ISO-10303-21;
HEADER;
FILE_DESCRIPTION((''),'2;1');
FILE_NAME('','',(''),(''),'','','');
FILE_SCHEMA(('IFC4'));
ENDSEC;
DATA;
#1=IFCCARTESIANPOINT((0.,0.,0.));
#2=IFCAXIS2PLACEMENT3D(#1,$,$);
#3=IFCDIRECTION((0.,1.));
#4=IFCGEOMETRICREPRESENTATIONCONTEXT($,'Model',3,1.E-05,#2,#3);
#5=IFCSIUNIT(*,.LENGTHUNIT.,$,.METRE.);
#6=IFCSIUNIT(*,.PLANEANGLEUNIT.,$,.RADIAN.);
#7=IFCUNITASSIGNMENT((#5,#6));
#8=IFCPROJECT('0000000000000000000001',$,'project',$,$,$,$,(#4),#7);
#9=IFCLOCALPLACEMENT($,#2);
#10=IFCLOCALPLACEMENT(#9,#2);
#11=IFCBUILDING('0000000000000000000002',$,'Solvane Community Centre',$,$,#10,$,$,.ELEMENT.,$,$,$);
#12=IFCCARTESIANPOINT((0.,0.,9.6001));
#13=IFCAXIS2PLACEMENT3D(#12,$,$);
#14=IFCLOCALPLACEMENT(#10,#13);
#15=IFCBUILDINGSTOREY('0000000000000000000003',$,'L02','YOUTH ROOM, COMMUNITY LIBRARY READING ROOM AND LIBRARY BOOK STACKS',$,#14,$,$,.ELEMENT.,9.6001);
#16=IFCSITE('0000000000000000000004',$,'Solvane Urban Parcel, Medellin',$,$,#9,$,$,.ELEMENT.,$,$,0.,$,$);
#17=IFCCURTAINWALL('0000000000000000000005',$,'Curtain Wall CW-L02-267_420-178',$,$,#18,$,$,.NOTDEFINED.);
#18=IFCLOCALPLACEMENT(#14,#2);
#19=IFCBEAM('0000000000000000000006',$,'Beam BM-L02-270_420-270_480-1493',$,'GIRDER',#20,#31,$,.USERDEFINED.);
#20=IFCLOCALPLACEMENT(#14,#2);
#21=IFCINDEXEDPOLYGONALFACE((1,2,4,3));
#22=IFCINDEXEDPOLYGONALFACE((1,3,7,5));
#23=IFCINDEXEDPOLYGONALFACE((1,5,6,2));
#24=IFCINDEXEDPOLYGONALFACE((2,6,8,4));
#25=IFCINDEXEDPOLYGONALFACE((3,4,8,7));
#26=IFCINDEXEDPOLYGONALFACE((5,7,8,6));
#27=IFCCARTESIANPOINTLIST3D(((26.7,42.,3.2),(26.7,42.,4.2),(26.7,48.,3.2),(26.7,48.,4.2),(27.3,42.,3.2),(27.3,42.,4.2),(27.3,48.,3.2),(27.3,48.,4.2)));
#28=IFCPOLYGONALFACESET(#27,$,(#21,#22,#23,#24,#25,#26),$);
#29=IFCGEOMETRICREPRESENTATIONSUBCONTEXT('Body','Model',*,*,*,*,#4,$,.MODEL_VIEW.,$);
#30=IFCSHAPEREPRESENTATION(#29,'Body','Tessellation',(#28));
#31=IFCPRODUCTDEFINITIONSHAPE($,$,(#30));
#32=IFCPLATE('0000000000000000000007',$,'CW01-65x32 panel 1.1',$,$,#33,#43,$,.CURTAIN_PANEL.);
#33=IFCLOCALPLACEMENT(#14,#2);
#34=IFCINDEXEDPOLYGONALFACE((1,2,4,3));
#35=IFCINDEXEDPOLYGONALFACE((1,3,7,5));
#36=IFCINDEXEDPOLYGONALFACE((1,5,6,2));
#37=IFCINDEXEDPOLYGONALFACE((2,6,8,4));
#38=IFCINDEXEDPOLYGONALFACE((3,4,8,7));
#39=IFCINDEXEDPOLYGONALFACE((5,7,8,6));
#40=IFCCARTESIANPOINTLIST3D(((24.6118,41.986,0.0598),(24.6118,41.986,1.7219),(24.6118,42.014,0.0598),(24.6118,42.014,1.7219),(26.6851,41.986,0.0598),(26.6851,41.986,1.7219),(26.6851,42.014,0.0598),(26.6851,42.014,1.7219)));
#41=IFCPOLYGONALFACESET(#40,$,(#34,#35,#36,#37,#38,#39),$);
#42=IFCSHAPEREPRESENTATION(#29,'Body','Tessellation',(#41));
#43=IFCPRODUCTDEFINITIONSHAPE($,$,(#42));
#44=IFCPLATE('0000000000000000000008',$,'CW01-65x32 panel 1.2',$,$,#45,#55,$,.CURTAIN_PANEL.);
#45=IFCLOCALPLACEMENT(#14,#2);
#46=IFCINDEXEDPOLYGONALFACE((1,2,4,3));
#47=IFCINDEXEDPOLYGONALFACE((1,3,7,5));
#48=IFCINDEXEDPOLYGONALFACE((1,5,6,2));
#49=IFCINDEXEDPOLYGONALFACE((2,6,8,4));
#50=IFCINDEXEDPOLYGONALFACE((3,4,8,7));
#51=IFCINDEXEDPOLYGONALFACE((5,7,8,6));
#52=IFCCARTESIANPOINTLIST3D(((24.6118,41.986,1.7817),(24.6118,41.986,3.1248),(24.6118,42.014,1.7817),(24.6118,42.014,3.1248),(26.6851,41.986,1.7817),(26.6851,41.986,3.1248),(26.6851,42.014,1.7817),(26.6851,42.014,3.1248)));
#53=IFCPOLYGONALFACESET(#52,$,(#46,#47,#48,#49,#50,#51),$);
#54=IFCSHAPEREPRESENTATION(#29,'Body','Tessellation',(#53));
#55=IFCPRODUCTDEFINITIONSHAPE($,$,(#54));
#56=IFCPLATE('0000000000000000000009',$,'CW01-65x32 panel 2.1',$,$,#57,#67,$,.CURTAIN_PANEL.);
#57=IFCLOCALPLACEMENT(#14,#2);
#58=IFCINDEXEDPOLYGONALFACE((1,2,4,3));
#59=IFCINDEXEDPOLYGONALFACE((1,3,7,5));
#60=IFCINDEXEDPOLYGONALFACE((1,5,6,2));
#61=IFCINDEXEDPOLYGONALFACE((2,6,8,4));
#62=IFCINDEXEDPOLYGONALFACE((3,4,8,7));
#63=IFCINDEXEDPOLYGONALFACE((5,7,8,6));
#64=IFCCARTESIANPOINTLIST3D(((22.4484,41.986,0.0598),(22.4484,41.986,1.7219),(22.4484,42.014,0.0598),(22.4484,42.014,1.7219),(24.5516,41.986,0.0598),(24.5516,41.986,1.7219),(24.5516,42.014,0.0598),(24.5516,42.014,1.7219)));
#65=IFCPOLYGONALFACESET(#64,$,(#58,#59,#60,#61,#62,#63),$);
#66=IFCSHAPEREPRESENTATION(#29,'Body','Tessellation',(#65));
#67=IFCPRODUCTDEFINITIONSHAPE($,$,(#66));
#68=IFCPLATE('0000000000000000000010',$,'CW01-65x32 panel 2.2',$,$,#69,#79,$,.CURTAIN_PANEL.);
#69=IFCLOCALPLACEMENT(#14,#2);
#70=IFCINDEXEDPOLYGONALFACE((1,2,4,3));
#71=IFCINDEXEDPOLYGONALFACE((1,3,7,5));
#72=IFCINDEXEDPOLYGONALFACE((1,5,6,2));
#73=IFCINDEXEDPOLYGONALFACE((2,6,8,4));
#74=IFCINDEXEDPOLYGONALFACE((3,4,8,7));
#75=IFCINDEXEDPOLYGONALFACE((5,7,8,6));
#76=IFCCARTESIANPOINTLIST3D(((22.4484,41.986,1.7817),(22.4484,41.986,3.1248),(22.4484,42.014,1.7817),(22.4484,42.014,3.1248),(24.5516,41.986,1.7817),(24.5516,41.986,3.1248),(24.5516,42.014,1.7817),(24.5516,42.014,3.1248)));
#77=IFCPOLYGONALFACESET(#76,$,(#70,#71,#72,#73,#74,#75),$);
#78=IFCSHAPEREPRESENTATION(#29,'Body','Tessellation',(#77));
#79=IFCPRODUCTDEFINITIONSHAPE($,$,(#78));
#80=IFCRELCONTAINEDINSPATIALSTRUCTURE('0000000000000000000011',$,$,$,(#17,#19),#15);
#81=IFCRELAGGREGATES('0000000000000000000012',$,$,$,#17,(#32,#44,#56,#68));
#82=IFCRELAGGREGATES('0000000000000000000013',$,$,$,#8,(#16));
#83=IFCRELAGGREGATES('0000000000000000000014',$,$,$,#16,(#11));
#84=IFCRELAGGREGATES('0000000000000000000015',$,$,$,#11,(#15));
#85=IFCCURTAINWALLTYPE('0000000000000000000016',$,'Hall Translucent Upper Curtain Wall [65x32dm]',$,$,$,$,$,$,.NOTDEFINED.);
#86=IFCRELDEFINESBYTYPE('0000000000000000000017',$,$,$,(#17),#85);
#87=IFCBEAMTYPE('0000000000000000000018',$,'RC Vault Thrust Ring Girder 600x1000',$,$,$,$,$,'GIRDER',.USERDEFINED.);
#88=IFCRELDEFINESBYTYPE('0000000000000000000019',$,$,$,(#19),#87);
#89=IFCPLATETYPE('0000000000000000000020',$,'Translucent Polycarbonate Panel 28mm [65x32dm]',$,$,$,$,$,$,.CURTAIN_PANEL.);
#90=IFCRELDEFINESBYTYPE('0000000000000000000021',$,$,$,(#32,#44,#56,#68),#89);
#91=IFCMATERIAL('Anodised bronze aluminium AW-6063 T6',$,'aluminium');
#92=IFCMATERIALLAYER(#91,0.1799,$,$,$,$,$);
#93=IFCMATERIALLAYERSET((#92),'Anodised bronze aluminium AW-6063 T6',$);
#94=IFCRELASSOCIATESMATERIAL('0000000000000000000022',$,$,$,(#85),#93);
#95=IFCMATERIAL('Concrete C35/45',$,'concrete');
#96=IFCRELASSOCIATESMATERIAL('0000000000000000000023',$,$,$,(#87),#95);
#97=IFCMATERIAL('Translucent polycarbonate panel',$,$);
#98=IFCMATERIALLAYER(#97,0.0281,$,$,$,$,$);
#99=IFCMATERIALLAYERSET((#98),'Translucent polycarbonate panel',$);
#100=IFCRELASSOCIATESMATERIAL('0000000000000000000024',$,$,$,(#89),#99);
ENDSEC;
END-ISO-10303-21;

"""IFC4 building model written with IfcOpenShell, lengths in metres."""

from ifc_helpers import new_model, si_unit, direction, frame, origin, origin_2d, place, context, subcontext, project, spatial, rectangle, extrude, material, layer, layer_set, material_profile, profile_set, type_object, element, aggregate, save


model = new_model("IFC4")

# Units and contexts
model_context = context("Model", 3, precision=1e-05, world=origin(), true_north=direction((0.0, 1.0)))
body_context = subcontext(model_context, "Body", "Model", "MODEL_VIEW")
ifc_project = project(units=[si_unit("LENGTHUNIT", "METRE"), si_unit("PLANEANGLEUNIT", "RADIAN")], contexts=[model_context])

# Site, building, storey
site_placement = place(None, origin())
site = spatial("IfcSite", under=ifc_project, at=site_placement, Name="Solvane Urban Parcel, Medellin", CompositionType="ELEMENT", RefElevation=0.0)
building_placement = place(site_placement, origin())
building = spatial("IfcBuilding", under=site, at=building_placement, Name="Solvane Community Centre", CompositionType="ELEMENT")
storey_placement = place(building_placement, frame((0.0, 0.0, 9.6001)))
storey = spatial("IfcBuildingStorey", under=building, at=storey_placement, Name="L02", Description="YOUTH ROOM, COMMUNITY LIBRARY READING ROOM AND LIBRARY BOOK STACKS", CompositionType="ELEMENT", Elevation=9.6001)

# Shared definitions
ifc_material_1 = material(Name="Anodised bronze aluminium AW-6063 T6", Category="aluminium")

# Curtain wall
ifc_layer_1 = layer(ifc_material_1, 0.1799)
ifc_layer_set_1 = layer_set([ifc_layer_1], Name="Anodised bronze aluminium AW-6063 T6")
curtain_wall_type_1 = type_object("IfcCurtainWallType", Name="Hall Translucent Upper Curtain Wall [65x32dm]", PredefinedType="NOTDEFINED", material=ifc_layer_set_1)
curtain_wall_1_placement = place(storey_placement, origin())
curtain_wall_1 = element("IfcCurtainWall", 1, at=curtain_wall_1_placement, inside=storey, type_object=curtain_wall_type_1, Name="Curtain Wall CW-L02-267_420-178", PredefinedType="NOTDEFINED")

# Beam
ifc_material_2 = material(Name="Concrete C35/45", Category="concrete")
ifc_material_profile_1 = material_profile(ifc_material_2, rectangle(XDim=0.6001, YDim=1.0, at=origin_2d()), Name="RC 600x1000")
ifc_profile_set_1 = profile_set([ifc_material_profile_1], Name="Concrete C35/45")
beam_type_1 = type_object("IfcBeamType", Name="RC Vault Thrust Ring Girder 600x1000", ElementType="GIRDER", PredefinedType="USERDEFINED", material=ifc_profile_set_1)
for number, where, z_axis, x_axis, name in (
    (2, (27.0, 42.0, 3.7), (0.0, 1.0, 0.0), (-1.0, 0.0, 0.0), "Beam BM-L02-270_420-270_480-1493"),
):
    element("IfcBeam", number, at=place(storey_placement, frame(where, z_axis=z_axis, x_axis=x_axis)), inside=storey, type_object=beam_type_1, Name=name, ObjectType="GIRDER", PredefinedType="USERDEFINED", context=body_context, shape_type="SweptSolid", body=[
        extrude(rectangle(XDim=0.6001, YDim=1.0, at=origin_2d()), origin(), (0.0, 0.0, 1.0), 6.0),
    ])

# Plates
ifc_material_3 = material(Name="Translucent polycarbonate panel")
ifc_layer_2 = layer(ifc_material_3, 0.0281)
ifc_layer_set_2 = layer_set([ifc_layer_2], Name="Translucent polycarbonate panel")
plate_type = type_object("IfcPlateType", Name="Translucent Polycarbonate Panel 28mm [65x32dm]", PredefinedType="CURTAIN_PANEL", material=ifc_layer_set_2)
plate_1_placement = place(storey_placement, frame((25.6484, 42.0, 0.0598), z_axis=(0.0, 0.0, 1.0), x_axis=(-1.0, 0.0, 0.0)))
plate_1 = element("IfcPlate", 3, at=plate_1_placement, type_object=plate_type, Name="CW01-65x32 panel 1.1", PredefinedType="CURTAIN_PANEL", context=body_context, shape_type="SweptSolid", body=[
    extrude(rectangle(XDim=2.0732, YDim=0.0281, at=origin_2d()), origin(), (0.0, 0.0, 1.0), 1.6621),
])
plate_2_placement = place(storey_placement, frame((25.6484, 42.0, 1.7817), z_axis=(0.0, 0.0, 1.0), x_axis=(-1.0, 0.0, 0.0)))
plate_2 = element("IfcPlate", 4, at=plate_2_placement, type_object=plate_type, Name="CW01-65x32 panel 1.2", PredefinedType="CURTAIN_PANEL", context=body_context, shape_type="SweptSolid", body=[
    extrude(rectangle(XDim=2.0732, YDim=0.0281, at=origin_2d()), origin(), (0.0, 0.0, 1.0), 1.343),
])
plate_3_placement = place(storey_placement, frame((23.5, 42.0, 0.0598), z_axis=(0.0, 0.0, 1.0), x_axis=(-1.0, 0.0, 0.0)))
plate_3 = element("IfcPlate", 5, at=plate_3_placement, type_object=plate_type, Name="CW01-65x32 panel 2.1", PredefinedType="CURTAIN_PANEL", context=body_context, shape_type="SweptSolid", body=[
    extrude(rectangle(XDim=2.1033, YDim=0.0281, at=origin_2d()), origin(), (0.0, 0.0, 1.0), 1.6621),
])
plate_4_placement = place(storey_placement, frame((23.5, 42.0, 1.7817), z_axis=(0.0, 0.0, 1.0), x_axis=(-1.0, 0.0, 0.0)))
plate_4 = element("IfcPlate", 6, at=plate_4_placement, type_object=plate_type, Name="CW01-65x32 panel 2.2", PredefinedType="CURTAIN_PANEL", context=body_context, shape_type="SweptSolid", body=[
    extrude(rectangle(XDim=2.1033, YDim=0.0281, at=origin_2d()), origin(), (0.0, 0.0, 1.0), 1.343),
])
aggregate(curtain_wall_1, [plate_1, plate_2, plate_3, plate_4])

save(model, "model.ifc")
